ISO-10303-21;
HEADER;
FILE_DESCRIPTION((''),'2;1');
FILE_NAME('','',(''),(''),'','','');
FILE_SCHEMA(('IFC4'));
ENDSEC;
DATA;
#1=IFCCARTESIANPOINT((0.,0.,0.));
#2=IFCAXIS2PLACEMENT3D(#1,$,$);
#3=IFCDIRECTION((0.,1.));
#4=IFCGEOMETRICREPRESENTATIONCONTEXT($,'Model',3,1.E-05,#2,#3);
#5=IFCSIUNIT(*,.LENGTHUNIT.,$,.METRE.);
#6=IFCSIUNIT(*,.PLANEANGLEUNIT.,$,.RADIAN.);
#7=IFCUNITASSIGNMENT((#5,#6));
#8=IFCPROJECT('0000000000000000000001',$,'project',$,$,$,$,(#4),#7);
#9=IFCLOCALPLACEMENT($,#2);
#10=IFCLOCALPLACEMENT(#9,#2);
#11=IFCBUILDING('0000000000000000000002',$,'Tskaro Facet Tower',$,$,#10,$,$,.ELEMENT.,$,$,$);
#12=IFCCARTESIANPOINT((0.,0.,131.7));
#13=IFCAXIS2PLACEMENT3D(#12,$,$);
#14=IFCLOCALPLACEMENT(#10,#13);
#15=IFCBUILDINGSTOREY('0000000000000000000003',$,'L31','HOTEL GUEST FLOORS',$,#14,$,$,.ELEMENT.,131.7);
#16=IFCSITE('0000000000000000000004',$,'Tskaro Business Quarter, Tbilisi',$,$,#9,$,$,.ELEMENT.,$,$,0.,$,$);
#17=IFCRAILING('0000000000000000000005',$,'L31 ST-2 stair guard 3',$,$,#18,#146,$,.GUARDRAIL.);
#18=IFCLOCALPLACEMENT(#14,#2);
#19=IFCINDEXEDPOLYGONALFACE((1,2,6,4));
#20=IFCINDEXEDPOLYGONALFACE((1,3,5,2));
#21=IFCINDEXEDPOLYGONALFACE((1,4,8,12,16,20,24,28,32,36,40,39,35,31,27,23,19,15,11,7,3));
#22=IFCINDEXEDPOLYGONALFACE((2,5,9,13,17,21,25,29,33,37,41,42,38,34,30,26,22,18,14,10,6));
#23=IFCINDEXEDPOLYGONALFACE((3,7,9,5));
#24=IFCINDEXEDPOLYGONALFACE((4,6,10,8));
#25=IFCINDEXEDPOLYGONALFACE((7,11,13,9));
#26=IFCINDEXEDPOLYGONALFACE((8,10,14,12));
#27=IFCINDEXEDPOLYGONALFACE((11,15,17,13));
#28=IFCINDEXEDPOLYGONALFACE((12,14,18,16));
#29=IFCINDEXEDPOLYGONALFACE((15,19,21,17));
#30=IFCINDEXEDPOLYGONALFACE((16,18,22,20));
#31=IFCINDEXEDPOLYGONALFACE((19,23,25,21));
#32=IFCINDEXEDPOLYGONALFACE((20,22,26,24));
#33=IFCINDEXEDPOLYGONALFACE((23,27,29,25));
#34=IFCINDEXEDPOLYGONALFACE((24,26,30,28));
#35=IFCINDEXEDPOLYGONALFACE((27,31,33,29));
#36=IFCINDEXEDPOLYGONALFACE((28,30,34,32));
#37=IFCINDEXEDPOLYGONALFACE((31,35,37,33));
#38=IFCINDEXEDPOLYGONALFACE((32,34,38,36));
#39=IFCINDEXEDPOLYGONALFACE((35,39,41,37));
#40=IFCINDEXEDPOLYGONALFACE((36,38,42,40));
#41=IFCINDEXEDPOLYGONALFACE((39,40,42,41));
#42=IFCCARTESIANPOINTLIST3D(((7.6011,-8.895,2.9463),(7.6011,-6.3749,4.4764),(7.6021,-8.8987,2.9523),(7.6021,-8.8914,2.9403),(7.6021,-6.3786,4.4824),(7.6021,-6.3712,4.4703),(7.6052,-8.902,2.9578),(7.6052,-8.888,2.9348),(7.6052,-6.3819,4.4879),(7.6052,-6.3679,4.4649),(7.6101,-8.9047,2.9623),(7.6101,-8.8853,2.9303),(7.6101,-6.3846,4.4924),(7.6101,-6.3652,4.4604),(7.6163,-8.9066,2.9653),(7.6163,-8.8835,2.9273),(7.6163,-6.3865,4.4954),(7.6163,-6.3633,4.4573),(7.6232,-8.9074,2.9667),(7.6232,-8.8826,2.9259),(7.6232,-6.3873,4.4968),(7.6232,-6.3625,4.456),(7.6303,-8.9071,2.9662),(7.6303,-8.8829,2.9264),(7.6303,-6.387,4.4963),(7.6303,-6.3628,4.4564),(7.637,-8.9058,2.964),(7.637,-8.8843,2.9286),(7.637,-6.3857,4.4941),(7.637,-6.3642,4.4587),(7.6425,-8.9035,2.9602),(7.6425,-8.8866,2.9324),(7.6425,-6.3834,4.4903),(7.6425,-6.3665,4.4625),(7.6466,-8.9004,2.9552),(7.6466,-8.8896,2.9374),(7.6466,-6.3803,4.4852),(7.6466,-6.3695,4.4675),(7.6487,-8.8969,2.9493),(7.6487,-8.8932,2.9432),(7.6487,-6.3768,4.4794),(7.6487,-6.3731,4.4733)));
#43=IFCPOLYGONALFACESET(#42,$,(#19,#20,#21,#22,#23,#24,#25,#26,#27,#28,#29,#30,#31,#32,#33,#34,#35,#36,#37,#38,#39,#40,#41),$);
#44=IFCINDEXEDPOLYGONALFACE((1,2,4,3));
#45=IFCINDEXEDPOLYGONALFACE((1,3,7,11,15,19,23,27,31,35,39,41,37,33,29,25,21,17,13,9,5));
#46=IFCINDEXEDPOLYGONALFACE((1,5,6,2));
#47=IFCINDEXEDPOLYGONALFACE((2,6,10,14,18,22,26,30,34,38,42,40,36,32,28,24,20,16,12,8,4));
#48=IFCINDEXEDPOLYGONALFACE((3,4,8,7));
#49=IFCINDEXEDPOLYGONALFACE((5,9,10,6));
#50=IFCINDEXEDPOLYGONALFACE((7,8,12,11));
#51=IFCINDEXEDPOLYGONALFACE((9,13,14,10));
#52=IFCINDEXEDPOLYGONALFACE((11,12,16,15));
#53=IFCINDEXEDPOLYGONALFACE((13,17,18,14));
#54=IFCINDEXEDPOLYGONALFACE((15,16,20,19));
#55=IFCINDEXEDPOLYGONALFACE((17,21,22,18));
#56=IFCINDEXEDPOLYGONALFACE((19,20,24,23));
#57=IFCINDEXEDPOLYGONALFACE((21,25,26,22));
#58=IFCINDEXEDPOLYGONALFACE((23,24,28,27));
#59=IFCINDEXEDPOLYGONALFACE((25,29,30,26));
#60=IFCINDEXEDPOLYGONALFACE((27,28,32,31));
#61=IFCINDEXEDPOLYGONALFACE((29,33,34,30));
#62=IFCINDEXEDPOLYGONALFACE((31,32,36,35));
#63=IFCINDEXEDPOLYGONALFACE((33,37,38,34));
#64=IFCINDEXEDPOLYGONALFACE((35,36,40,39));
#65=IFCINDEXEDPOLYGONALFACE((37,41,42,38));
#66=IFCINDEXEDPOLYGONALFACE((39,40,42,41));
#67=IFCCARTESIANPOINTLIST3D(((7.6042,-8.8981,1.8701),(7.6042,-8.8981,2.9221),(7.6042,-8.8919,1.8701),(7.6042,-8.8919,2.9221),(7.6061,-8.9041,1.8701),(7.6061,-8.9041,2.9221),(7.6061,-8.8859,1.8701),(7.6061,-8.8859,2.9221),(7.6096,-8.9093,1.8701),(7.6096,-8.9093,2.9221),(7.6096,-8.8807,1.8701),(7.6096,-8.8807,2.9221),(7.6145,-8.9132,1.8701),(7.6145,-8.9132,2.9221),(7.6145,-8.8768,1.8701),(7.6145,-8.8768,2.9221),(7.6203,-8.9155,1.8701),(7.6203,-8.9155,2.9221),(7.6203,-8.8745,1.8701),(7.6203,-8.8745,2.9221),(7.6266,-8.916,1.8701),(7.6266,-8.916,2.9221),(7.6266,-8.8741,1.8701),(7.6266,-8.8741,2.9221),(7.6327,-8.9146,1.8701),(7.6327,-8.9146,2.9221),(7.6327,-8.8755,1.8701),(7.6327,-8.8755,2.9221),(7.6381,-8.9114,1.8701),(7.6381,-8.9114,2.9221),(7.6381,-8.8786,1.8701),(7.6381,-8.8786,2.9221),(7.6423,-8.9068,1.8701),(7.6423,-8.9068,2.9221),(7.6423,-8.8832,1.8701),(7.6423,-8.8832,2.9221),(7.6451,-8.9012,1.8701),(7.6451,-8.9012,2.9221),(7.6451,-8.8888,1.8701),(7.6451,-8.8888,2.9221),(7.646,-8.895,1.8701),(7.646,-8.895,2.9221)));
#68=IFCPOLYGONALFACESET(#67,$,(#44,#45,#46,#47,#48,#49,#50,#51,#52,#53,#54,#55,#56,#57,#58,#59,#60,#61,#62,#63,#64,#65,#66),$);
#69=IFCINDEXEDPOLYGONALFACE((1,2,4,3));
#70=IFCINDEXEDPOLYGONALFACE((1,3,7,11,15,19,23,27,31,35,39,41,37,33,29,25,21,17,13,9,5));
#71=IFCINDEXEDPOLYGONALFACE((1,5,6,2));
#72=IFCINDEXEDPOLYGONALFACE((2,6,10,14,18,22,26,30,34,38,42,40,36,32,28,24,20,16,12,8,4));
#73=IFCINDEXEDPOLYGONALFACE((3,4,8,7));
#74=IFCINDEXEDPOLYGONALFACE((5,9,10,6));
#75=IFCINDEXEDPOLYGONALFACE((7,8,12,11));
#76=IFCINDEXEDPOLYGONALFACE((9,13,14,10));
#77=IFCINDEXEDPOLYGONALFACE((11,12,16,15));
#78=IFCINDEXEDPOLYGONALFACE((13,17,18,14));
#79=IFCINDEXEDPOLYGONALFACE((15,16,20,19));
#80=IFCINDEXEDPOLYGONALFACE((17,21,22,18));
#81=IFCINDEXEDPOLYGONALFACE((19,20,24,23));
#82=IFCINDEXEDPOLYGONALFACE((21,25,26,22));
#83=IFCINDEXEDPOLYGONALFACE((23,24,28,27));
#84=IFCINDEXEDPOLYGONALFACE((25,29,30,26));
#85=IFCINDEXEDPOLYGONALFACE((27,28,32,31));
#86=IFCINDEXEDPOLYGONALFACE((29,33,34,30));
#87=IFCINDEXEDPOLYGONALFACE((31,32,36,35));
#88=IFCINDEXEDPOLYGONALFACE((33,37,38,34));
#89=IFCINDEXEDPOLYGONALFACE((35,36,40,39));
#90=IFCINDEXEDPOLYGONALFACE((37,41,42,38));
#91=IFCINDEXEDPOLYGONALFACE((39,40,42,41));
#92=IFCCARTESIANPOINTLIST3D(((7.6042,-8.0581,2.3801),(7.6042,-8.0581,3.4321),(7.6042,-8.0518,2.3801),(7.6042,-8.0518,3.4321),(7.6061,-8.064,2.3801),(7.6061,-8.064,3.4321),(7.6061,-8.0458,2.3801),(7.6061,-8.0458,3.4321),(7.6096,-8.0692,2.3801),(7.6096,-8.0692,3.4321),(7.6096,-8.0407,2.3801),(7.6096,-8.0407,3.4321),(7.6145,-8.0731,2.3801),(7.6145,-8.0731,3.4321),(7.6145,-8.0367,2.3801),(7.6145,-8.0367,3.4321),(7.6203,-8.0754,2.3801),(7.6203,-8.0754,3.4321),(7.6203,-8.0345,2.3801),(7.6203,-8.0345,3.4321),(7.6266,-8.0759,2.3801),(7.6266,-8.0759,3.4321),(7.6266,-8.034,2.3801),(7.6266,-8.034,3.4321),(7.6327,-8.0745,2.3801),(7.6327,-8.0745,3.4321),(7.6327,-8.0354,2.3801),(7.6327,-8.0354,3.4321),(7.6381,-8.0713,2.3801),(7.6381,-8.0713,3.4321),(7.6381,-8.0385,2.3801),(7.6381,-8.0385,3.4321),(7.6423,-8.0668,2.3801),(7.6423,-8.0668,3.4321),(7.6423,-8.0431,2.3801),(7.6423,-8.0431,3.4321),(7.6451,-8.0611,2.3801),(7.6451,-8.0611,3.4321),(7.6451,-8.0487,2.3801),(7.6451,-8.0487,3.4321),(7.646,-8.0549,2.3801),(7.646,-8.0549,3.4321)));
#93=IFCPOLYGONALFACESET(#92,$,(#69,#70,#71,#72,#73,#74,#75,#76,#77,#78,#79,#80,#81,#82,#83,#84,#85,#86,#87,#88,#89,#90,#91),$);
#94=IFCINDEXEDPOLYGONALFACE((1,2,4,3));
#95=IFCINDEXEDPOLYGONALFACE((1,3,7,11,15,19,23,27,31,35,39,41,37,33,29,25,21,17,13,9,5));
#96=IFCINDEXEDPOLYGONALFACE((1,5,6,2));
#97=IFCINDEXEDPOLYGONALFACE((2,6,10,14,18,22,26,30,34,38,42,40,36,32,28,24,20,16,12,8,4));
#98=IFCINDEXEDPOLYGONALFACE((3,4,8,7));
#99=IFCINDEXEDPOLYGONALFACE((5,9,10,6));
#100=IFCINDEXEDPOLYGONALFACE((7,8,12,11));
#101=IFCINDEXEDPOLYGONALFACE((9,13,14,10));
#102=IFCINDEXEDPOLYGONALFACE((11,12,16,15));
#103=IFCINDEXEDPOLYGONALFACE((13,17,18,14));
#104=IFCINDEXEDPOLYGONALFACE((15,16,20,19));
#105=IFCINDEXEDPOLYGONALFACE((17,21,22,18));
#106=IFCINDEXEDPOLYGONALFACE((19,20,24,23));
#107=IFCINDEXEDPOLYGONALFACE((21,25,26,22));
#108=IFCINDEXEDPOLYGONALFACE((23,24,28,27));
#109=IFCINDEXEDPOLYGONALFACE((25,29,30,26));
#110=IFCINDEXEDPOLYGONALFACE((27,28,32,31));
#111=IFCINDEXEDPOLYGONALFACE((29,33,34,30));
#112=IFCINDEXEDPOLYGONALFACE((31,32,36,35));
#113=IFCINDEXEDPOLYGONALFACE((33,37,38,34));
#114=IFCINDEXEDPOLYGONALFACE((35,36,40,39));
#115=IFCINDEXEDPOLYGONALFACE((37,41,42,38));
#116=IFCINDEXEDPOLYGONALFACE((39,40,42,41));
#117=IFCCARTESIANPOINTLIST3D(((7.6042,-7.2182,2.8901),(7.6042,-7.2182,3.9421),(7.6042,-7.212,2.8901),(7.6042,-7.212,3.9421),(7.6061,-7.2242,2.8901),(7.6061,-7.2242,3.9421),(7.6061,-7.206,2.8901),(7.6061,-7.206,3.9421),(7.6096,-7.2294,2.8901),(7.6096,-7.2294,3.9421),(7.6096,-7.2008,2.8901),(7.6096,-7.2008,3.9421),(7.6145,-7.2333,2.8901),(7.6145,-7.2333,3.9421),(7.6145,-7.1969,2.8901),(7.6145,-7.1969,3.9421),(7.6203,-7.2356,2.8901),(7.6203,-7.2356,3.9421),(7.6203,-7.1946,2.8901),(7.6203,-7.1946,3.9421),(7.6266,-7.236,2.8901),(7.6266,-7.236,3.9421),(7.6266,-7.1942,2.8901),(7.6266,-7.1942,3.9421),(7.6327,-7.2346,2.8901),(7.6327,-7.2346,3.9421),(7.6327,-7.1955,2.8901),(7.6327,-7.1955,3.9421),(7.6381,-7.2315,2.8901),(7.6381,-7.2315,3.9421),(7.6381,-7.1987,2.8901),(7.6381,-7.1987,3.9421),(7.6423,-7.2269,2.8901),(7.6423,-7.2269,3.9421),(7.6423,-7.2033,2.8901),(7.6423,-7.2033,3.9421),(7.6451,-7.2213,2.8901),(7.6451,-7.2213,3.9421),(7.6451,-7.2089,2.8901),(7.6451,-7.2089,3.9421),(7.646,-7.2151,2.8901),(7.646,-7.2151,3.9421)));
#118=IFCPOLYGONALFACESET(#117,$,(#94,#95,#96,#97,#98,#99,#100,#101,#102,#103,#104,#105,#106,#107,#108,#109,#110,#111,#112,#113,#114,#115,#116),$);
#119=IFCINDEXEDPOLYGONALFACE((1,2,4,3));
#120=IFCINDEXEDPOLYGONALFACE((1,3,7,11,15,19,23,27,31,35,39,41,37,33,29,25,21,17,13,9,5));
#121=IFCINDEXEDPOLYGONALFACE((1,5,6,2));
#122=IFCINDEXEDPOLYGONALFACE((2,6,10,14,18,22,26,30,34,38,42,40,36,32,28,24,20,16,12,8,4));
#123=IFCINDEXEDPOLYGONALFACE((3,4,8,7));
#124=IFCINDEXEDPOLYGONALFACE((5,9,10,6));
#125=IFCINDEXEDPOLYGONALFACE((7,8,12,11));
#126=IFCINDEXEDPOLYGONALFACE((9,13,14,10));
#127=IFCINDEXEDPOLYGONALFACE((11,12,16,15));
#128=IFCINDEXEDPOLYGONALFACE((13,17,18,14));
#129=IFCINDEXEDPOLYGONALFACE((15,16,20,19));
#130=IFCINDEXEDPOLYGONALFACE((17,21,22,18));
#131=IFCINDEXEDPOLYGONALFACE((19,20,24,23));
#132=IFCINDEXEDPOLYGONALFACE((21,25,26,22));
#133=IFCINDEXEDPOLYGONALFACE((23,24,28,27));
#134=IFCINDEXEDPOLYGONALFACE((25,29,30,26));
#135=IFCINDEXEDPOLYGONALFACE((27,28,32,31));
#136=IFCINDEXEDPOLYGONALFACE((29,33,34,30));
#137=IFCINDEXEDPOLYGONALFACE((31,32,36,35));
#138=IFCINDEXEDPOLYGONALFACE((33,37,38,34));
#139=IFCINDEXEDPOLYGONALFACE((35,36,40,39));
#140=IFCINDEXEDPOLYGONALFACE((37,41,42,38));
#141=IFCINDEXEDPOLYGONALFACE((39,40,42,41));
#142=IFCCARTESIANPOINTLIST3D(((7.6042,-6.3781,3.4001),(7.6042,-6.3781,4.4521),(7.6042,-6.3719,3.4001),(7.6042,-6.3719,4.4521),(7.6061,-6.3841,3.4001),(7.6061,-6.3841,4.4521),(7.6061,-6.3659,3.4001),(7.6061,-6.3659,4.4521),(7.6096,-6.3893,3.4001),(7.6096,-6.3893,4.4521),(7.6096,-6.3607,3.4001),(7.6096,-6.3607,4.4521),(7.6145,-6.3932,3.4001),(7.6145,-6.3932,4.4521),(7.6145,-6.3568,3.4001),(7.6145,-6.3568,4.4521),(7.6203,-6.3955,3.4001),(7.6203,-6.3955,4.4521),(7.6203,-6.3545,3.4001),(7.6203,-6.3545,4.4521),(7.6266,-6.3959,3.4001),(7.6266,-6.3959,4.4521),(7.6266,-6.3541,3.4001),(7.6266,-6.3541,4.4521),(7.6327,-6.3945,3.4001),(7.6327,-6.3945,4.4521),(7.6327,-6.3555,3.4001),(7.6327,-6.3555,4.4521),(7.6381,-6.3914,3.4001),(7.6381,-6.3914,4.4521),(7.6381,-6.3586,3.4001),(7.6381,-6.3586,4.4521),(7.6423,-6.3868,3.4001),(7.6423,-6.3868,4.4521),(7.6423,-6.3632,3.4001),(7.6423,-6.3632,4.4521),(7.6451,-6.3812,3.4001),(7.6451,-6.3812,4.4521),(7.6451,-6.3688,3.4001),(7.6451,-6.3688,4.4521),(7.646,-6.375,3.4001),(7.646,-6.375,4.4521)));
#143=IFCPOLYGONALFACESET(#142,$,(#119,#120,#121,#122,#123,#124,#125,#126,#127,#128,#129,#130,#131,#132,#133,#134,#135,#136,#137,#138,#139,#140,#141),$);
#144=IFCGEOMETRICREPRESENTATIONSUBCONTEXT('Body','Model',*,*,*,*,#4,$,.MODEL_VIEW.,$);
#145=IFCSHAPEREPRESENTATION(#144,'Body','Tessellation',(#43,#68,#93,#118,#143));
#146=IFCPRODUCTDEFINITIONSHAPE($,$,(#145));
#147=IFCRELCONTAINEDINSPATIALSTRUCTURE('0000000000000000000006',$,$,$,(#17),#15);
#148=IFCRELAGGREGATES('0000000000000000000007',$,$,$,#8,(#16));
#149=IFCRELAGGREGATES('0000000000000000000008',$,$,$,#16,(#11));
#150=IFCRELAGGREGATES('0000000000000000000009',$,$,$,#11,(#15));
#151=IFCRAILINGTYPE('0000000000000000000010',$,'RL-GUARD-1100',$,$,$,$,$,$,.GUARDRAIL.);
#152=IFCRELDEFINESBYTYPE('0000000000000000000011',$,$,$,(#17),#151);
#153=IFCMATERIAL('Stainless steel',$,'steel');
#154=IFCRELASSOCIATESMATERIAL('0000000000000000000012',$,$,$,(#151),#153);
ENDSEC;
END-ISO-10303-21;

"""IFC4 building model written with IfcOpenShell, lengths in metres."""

from ifc_helpers import new_model, si_unit, direction, frame, origin, origin_2d, place, context, subcontext, project, spatial, circle, extrude, material, type_object, element, save


model = new_model("IFC4")

# Units and contexts
model_context = context("Model", 3, precision=1e-05, world=origin(), true_north=direction((0.0, 1.0)))
body_context = subcontext(model_context, "Body", "Model", "MODEL_VIEW")
ifc_project = project(units=[si_unit("LENGTHUNIT", "METRE"), si_unit("PLANEANGLEUNIT", "RADIAN")], contexts=[model_context])

# Site, building, storey
site_placement = place(None, origin())
site = spatial("IfcSite", under=ifc_project, at=site_placement, Name="Tskaro Business Quarter, Tbilisi", CompositionType="ELEMENT", RefElevation=0.0)
building_placement = place(site_placement, origin())
building = spatial("IfcBuilding", under=site, at=building_placement, Name="Tskaro Facet Tower", CompositionType="ELEMENT")
storey_placement = place(building_placement, frame((0.0, 0.0, 131.7)))
storey = spatial("IfcBuildingStorey", under=building, at=storey_placement, Name="L31", Description="HOTEL GUEST FLOORS", CompositionType="ELEMENT", Elevation=131.7)

# Railing
ifc_material_1 = material(Name="Stainless steel", Category="steel")
railing_type_1 = type_object("IfcRailingType", Name="RL-GUARD-1100", PredefinedType="GUARDRAIL", material=ifc_material_1)
railing_1_placement = place(storey_placement, frame((7.625, -8.895, 1.8701)))
element("IfcRailing", 1, at=railing_1_placement, inside=storey, type_object=railing_type_1, Name="L31 ST-2 stair guard 3", PredefinedType="GUARDRAIL", context=body_context, shape_type="SweptSolid", body=[
    extrude(circle(Radius=0.0239, at=origin_2d()), frame((0.0, 0.0, 1.0762), z_axis=(0.0, 0.854785, 0.518982), x_axis=(-1.0, 0.0, 0.0)), (0.0, 0.0, 1.0), 2.9482),
    extrude(circle(Radius=0.021, at=origin_2d()), origin(), (0.0, 0.0, 1.0), 1.052),
    extrude(circle(Radius=0.021, at=origin_2d()), frame((0.0, 0.8401, 0.51)), (0.0, 0.0, 1.0), 1.052),
    extrude(circle(Radius=0.021, at=origin_2d()), frame((0.0, 1.6799, 1.02)), (0.0, 0.0, 1.0), 1.052),
    extrude(circle(Radius=0.021, at=origin_2d()), frame((0.0, 2.52, 1.53)), (0.0, 0.0, 1.0), 1.052),
])

save(model, "model.ifc")
